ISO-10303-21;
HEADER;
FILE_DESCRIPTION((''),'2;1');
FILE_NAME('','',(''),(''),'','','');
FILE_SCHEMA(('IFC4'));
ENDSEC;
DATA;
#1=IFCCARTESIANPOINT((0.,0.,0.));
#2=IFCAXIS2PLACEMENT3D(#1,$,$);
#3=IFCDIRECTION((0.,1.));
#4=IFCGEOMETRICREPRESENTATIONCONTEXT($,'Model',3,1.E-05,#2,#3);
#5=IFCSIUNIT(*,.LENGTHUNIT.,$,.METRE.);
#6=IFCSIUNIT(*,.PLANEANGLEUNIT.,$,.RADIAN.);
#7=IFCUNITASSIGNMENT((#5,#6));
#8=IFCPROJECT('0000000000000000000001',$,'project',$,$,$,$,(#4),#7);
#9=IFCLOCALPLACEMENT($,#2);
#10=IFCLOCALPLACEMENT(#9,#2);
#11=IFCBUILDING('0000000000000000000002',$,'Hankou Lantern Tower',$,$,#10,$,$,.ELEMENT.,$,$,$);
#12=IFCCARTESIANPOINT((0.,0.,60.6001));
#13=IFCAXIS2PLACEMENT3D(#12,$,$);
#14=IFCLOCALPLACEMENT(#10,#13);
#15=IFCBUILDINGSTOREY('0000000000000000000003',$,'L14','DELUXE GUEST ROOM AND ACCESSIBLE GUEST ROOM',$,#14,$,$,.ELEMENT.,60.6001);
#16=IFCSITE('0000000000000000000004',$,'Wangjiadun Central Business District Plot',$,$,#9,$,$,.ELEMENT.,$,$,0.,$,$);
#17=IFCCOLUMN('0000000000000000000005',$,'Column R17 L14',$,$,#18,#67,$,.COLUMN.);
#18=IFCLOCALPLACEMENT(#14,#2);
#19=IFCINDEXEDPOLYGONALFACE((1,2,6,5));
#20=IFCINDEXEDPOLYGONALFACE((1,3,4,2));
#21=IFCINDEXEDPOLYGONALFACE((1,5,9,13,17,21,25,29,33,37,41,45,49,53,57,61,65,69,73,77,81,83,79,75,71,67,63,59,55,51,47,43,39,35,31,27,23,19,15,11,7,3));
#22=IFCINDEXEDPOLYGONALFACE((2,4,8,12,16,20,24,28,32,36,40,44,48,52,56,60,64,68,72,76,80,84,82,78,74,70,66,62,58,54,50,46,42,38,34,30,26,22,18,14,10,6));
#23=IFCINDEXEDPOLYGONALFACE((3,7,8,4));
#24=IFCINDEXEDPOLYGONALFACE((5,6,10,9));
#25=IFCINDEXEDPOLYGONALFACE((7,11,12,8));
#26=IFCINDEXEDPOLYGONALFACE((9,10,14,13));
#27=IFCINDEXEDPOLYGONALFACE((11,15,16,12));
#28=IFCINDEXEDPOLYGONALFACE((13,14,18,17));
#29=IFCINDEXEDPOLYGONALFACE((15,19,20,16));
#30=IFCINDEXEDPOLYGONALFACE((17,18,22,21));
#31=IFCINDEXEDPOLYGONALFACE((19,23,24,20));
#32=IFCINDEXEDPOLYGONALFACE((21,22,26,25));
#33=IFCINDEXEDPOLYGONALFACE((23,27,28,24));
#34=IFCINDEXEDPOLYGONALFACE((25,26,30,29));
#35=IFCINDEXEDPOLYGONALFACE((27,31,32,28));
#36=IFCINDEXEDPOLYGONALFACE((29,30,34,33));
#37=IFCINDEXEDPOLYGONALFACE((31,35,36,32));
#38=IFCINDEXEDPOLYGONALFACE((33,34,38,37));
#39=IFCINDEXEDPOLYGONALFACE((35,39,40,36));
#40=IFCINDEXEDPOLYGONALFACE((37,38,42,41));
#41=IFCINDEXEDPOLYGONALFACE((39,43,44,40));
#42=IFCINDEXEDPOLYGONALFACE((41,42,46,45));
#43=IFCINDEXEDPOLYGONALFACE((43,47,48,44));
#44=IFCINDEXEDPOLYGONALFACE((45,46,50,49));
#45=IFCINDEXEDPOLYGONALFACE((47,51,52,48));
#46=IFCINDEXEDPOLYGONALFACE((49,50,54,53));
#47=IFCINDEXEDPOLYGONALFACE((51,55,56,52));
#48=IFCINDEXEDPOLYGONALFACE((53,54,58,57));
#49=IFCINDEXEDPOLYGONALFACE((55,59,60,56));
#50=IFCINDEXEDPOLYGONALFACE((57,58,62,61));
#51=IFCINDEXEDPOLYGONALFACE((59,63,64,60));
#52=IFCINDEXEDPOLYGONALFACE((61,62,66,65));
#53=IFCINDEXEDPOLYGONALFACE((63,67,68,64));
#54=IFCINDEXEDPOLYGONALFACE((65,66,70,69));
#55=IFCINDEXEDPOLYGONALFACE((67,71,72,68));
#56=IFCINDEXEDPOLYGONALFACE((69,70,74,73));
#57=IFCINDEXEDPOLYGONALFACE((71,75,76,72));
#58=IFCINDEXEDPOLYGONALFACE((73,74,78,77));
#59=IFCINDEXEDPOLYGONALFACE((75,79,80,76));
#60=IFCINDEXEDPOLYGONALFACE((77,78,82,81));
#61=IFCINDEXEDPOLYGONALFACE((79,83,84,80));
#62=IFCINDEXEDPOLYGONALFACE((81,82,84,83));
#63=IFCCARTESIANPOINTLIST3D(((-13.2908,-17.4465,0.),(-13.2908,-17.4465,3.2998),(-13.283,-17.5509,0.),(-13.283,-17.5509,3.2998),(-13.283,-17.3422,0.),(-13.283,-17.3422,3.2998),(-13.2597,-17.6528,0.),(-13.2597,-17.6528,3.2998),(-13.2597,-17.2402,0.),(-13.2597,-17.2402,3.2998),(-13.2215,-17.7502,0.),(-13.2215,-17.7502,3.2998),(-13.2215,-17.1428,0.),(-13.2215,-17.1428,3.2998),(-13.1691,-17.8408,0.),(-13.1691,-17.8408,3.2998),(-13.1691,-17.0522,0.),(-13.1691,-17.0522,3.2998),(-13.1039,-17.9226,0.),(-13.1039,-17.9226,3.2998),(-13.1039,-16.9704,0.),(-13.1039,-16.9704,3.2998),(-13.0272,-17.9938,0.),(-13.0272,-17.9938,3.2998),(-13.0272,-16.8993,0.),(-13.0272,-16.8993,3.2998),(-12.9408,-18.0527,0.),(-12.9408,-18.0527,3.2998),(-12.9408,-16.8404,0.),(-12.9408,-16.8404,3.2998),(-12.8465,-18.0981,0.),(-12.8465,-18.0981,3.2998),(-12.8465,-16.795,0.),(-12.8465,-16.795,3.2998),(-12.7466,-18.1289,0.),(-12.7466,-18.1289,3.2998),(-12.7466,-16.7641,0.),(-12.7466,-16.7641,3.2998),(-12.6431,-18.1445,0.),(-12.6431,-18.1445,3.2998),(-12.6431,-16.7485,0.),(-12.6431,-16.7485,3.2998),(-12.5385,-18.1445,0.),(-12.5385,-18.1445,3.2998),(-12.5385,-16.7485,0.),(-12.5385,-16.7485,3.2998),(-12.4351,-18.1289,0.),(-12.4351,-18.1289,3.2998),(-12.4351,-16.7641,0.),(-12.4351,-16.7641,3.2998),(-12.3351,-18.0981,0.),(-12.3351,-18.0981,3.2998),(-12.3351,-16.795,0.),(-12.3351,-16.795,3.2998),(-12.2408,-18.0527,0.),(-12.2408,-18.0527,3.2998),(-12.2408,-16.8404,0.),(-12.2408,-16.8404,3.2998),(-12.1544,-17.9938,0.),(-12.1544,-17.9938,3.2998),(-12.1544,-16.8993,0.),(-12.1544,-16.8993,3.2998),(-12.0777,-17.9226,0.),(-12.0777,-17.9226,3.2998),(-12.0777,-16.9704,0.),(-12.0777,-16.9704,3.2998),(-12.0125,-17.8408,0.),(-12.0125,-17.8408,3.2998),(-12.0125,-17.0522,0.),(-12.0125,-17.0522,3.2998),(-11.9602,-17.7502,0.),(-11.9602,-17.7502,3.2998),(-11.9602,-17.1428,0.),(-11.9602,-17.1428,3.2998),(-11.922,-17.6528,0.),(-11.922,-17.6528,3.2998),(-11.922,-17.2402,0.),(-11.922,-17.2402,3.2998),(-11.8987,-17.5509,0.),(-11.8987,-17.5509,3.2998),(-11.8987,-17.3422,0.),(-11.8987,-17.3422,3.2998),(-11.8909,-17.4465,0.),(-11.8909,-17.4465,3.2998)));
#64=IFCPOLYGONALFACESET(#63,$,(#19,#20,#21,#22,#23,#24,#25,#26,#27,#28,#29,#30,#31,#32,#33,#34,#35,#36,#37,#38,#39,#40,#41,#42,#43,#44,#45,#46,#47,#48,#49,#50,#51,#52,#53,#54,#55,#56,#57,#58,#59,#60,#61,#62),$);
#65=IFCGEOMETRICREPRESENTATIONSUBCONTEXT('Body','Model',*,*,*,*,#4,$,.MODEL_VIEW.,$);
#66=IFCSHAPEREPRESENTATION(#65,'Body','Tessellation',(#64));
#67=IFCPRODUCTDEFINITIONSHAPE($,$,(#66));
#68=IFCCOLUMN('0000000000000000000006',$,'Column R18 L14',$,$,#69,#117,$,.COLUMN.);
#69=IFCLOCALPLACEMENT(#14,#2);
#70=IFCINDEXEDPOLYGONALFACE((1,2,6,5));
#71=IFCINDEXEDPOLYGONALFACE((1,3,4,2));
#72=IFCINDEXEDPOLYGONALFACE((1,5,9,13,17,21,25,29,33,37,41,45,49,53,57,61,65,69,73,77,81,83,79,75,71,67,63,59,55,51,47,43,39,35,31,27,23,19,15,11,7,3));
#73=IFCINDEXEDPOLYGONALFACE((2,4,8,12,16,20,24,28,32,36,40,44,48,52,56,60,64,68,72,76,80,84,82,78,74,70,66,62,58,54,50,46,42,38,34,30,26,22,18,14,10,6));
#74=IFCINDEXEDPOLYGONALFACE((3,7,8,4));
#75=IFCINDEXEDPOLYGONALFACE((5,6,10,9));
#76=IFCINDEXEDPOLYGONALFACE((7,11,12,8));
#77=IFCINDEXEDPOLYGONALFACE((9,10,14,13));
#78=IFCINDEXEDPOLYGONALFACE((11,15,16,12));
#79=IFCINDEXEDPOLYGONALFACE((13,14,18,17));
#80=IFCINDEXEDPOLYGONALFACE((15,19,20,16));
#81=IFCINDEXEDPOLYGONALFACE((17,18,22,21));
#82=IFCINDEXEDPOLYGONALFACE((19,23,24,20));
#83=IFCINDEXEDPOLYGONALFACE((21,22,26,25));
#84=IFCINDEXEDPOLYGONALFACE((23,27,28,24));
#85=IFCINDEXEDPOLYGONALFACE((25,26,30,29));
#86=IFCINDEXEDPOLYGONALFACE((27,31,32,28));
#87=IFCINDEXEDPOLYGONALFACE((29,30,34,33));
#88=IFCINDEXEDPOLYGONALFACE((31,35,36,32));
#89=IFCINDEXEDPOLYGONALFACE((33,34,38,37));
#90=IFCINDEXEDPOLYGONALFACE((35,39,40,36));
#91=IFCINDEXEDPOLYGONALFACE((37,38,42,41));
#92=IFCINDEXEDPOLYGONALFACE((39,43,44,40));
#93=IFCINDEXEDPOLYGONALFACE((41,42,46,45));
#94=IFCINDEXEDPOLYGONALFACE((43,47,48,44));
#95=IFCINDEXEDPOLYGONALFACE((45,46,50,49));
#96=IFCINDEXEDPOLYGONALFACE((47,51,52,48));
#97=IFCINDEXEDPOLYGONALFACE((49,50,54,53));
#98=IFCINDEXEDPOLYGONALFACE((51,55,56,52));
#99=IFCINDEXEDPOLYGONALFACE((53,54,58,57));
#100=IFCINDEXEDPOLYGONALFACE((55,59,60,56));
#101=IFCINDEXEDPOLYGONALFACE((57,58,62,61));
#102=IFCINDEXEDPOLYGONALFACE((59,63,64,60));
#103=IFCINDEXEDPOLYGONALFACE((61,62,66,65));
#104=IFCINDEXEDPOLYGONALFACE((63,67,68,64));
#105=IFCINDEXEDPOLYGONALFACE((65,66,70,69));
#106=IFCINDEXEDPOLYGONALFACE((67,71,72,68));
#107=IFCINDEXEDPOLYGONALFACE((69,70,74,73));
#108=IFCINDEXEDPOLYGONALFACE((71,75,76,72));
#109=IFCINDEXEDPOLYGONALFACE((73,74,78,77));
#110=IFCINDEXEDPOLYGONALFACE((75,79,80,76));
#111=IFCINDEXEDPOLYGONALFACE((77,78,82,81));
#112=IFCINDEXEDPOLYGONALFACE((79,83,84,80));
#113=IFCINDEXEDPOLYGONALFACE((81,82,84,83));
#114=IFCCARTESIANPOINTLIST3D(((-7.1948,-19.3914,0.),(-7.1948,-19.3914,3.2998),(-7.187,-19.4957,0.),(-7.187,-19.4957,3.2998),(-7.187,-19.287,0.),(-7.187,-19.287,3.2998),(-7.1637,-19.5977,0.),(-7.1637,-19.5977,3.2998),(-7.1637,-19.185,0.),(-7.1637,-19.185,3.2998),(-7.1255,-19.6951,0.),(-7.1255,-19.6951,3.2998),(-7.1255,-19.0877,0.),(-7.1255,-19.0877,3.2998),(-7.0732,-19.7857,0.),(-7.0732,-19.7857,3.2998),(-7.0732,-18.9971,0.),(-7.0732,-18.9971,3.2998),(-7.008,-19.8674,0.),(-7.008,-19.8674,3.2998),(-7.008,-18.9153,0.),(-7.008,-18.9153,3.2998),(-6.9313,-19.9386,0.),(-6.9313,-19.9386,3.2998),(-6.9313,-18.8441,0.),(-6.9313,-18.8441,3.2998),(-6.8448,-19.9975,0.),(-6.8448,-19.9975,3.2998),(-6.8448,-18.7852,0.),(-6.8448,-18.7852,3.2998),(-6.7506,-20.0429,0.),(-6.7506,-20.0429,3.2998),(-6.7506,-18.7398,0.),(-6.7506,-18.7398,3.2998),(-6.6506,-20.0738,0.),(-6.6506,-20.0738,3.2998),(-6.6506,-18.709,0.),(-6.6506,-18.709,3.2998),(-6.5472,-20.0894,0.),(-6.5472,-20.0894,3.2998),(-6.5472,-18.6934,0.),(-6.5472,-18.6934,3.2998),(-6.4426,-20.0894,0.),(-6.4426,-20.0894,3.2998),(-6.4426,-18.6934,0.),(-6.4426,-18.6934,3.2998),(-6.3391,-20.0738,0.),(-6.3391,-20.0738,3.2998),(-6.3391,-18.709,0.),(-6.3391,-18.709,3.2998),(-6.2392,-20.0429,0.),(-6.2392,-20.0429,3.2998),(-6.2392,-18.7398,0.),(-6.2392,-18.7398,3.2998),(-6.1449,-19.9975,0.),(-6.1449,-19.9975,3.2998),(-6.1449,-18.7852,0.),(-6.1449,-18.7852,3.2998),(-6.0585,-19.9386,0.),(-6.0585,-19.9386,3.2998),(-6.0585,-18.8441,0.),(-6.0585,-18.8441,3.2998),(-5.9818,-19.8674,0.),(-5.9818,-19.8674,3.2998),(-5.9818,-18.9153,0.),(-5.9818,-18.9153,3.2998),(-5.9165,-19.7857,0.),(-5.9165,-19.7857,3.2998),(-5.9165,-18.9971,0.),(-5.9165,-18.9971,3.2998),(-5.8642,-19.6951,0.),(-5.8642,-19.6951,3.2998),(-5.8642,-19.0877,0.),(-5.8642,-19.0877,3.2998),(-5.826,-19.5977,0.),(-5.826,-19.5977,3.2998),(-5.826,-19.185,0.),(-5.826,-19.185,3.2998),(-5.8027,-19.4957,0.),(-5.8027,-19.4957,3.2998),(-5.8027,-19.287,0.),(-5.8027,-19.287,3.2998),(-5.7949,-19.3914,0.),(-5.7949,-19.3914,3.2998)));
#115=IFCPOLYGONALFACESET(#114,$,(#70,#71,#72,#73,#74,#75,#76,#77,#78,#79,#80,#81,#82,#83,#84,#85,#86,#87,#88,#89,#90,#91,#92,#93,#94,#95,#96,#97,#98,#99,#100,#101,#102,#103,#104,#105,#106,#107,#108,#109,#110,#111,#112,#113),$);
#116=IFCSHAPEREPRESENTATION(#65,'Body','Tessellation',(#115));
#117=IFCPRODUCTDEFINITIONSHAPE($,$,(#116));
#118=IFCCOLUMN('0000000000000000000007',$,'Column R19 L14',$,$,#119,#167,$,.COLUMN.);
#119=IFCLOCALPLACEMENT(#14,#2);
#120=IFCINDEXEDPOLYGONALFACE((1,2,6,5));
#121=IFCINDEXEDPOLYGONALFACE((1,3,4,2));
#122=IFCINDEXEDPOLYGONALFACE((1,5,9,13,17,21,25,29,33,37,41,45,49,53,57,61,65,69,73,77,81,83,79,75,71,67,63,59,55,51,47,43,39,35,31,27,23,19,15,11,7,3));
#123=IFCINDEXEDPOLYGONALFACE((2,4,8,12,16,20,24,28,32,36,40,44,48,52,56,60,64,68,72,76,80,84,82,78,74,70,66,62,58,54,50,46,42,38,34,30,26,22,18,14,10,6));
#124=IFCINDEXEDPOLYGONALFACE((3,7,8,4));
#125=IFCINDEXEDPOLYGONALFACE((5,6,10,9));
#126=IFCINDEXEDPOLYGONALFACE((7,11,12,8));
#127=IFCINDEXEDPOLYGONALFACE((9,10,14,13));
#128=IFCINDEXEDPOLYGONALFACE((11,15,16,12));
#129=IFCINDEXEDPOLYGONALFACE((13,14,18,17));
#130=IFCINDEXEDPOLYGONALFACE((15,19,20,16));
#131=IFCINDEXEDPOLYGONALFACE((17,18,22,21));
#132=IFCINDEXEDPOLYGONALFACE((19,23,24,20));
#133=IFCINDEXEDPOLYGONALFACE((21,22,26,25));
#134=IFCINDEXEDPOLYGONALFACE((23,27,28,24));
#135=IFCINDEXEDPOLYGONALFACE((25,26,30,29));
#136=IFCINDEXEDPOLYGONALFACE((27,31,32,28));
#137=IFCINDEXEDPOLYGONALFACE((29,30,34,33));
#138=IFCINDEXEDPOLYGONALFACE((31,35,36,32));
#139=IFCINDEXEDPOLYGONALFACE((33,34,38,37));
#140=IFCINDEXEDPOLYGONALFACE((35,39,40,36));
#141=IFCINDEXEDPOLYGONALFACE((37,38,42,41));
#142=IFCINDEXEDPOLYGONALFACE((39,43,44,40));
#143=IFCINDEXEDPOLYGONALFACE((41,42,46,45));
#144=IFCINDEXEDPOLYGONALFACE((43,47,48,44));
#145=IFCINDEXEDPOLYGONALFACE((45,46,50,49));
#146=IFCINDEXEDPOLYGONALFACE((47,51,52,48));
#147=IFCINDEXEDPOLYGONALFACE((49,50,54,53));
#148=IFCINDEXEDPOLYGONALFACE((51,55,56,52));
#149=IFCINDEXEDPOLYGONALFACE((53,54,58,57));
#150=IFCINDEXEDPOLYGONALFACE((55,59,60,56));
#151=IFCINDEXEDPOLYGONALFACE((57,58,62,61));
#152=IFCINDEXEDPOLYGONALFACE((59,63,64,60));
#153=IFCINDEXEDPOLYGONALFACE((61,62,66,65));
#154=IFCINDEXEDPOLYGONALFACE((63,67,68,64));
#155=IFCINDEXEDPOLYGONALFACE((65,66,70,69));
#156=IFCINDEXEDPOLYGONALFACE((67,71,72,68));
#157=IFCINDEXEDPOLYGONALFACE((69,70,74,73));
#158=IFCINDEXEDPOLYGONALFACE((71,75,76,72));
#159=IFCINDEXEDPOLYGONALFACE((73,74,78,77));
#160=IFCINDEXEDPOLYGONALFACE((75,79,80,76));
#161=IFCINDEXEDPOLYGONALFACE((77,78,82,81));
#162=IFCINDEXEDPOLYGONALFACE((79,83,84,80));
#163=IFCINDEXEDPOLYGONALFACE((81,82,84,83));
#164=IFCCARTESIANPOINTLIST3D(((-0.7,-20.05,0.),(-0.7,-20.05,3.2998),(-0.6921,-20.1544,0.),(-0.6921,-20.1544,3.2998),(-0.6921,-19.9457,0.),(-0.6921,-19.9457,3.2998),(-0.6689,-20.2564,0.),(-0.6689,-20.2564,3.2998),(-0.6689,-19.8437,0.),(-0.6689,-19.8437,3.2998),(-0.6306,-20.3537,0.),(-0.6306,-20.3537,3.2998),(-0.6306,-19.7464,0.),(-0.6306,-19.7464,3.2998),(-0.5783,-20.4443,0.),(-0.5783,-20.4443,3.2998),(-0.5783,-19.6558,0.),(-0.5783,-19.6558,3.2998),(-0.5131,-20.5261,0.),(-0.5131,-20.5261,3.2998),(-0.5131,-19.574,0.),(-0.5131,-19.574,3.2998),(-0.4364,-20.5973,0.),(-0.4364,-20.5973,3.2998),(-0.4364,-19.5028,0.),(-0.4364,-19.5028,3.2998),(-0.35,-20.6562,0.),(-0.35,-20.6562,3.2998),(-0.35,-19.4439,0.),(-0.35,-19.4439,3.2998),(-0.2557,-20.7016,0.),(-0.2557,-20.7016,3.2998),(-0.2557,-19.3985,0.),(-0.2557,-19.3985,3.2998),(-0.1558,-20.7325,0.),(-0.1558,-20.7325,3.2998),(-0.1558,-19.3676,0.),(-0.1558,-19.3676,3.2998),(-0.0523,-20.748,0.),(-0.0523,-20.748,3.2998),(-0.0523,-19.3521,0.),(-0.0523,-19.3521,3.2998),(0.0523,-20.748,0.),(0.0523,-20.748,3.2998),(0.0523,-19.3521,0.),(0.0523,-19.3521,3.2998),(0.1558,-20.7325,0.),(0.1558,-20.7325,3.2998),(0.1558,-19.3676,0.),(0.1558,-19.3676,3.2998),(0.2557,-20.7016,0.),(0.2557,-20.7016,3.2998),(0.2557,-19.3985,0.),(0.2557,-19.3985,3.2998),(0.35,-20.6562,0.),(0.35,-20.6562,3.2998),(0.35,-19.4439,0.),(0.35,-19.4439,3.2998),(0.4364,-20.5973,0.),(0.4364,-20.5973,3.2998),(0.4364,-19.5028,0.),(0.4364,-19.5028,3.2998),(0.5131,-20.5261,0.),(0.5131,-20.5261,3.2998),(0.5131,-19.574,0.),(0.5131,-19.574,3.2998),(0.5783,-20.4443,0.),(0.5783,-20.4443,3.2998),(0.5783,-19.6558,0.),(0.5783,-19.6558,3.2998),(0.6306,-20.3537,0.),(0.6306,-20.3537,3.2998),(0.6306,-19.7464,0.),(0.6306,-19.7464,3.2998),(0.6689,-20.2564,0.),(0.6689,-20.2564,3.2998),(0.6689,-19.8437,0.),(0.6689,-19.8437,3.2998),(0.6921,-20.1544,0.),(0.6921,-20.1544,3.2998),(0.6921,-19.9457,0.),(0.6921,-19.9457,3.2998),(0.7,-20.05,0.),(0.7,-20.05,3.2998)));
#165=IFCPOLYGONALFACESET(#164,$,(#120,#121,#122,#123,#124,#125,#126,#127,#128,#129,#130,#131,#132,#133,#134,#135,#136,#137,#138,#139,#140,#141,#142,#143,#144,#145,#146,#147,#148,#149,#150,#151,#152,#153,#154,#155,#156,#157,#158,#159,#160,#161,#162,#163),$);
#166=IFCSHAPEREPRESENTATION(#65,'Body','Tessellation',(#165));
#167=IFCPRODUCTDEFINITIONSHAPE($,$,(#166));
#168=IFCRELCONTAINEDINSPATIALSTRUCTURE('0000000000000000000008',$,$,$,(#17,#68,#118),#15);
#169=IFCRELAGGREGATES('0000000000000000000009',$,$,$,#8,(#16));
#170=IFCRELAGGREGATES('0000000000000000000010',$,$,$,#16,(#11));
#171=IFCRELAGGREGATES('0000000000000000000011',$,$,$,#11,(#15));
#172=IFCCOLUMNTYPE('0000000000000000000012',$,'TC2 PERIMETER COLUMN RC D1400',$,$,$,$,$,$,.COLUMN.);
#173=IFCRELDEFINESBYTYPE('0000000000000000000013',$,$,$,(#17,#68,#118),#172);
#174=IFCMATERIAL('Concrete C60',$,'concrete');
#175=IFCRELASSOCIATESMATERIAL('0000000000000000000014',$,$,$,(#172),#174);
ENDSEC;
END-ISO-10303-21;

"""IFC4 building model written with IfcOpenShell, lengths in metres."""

from ifc_helpers import new_model, si_unit, direction, frame, origin, origin_2d, place, context, subcontext, project, spatial, circle, extrude, material, material_profile, profile_set, type_object, element, save


model = new_model("IFC4")

# Units and contexts
model_context = context("Model", 3, precision=1e-05, world=origin(), true_north=direction((0.0, 1.0)))
body_context = subcontext(model_context, "Body", "Model", "MODEL_VIEW")
ifc_project = project(units=[si_unit("LENGTHUNIT", "METRE"), si_unit("PLANEANGLEUNIT", "RADIAN")], contexts=[model_context])

# Site, building, storey
site_placement = place(None, origin())
site = spatial("IfcSite", under=ifc_project, at=site_placement, Name="Wangjiadun Central Business District Plot", CompositionType="ELEMENT", RefElevation=0.0)
building_placement = place(site_placement, origin())
building = spatial("IfcBuilding", under=site, at=building_placement, Name="Hankou Lantern Tower", CompositionType="ELEMENT")
storey_placement = place(building_placement, frame((0.0, 0.0, 60.6001)))
storey = spatial("IfcBuildingStorey", under=building, at=storey_placement, Name="L14", Description="DELUXE GUEST ROOM AND ACCESSIBLE GUEST ROOM", CompositionType="ELEMENT", Elevation=60.6001)

# Columns
ifc_material_1 = material(Name="Concrete C60", Category="concrete")
ifc_material_profile_1 = material_profile(ifc_material_1, circle(Radius=0.7, at=origin_2d()), Name="RC D1400")
ifc_profile_set_1 = profile_set([ifc_material_profile_1], Name="Concrete C60")
column_type = type_object("IfcColumnType", Name="TC2 PERIMETER COLUMN RC D1400", PredefinedType="COLUMN", material=ifc_profile_set_1)
for number, where, z_axis, x_axis, name in (
    (1, (-12.5908, -17.4465, 0.0), (0.0, 0.0, 1.0), (1.0, 0.0, 0.0), "Column R17 L14"),
    (2, (-6.4949, -19.3914, 0.0), (0.0, 0.0, 1.0), (1.0, 0.0, 0.0), "Column R18 L14"),
    (3, (0.0, -20.05, 0.0), (0.0, 0.0, 1.0), (1.0, 0.0, 0.0), "Column R19 L14"),
):
    element("IfcColumn", number, at=place(storey_placement, frame(where, z_axis=z_axis, x_axis=x_axis)), inside=storey, type_object=column_type, Name=name, PredefinedType="COLUMN", context=body_context, shape_type="SweptSolid", body=[
        extrude(circle(Radius=0.7, at=origin_2d()), origin(), (0.0, 0.0, 1.0), 3.2998),
    ])

save(model, "model.ifc")
